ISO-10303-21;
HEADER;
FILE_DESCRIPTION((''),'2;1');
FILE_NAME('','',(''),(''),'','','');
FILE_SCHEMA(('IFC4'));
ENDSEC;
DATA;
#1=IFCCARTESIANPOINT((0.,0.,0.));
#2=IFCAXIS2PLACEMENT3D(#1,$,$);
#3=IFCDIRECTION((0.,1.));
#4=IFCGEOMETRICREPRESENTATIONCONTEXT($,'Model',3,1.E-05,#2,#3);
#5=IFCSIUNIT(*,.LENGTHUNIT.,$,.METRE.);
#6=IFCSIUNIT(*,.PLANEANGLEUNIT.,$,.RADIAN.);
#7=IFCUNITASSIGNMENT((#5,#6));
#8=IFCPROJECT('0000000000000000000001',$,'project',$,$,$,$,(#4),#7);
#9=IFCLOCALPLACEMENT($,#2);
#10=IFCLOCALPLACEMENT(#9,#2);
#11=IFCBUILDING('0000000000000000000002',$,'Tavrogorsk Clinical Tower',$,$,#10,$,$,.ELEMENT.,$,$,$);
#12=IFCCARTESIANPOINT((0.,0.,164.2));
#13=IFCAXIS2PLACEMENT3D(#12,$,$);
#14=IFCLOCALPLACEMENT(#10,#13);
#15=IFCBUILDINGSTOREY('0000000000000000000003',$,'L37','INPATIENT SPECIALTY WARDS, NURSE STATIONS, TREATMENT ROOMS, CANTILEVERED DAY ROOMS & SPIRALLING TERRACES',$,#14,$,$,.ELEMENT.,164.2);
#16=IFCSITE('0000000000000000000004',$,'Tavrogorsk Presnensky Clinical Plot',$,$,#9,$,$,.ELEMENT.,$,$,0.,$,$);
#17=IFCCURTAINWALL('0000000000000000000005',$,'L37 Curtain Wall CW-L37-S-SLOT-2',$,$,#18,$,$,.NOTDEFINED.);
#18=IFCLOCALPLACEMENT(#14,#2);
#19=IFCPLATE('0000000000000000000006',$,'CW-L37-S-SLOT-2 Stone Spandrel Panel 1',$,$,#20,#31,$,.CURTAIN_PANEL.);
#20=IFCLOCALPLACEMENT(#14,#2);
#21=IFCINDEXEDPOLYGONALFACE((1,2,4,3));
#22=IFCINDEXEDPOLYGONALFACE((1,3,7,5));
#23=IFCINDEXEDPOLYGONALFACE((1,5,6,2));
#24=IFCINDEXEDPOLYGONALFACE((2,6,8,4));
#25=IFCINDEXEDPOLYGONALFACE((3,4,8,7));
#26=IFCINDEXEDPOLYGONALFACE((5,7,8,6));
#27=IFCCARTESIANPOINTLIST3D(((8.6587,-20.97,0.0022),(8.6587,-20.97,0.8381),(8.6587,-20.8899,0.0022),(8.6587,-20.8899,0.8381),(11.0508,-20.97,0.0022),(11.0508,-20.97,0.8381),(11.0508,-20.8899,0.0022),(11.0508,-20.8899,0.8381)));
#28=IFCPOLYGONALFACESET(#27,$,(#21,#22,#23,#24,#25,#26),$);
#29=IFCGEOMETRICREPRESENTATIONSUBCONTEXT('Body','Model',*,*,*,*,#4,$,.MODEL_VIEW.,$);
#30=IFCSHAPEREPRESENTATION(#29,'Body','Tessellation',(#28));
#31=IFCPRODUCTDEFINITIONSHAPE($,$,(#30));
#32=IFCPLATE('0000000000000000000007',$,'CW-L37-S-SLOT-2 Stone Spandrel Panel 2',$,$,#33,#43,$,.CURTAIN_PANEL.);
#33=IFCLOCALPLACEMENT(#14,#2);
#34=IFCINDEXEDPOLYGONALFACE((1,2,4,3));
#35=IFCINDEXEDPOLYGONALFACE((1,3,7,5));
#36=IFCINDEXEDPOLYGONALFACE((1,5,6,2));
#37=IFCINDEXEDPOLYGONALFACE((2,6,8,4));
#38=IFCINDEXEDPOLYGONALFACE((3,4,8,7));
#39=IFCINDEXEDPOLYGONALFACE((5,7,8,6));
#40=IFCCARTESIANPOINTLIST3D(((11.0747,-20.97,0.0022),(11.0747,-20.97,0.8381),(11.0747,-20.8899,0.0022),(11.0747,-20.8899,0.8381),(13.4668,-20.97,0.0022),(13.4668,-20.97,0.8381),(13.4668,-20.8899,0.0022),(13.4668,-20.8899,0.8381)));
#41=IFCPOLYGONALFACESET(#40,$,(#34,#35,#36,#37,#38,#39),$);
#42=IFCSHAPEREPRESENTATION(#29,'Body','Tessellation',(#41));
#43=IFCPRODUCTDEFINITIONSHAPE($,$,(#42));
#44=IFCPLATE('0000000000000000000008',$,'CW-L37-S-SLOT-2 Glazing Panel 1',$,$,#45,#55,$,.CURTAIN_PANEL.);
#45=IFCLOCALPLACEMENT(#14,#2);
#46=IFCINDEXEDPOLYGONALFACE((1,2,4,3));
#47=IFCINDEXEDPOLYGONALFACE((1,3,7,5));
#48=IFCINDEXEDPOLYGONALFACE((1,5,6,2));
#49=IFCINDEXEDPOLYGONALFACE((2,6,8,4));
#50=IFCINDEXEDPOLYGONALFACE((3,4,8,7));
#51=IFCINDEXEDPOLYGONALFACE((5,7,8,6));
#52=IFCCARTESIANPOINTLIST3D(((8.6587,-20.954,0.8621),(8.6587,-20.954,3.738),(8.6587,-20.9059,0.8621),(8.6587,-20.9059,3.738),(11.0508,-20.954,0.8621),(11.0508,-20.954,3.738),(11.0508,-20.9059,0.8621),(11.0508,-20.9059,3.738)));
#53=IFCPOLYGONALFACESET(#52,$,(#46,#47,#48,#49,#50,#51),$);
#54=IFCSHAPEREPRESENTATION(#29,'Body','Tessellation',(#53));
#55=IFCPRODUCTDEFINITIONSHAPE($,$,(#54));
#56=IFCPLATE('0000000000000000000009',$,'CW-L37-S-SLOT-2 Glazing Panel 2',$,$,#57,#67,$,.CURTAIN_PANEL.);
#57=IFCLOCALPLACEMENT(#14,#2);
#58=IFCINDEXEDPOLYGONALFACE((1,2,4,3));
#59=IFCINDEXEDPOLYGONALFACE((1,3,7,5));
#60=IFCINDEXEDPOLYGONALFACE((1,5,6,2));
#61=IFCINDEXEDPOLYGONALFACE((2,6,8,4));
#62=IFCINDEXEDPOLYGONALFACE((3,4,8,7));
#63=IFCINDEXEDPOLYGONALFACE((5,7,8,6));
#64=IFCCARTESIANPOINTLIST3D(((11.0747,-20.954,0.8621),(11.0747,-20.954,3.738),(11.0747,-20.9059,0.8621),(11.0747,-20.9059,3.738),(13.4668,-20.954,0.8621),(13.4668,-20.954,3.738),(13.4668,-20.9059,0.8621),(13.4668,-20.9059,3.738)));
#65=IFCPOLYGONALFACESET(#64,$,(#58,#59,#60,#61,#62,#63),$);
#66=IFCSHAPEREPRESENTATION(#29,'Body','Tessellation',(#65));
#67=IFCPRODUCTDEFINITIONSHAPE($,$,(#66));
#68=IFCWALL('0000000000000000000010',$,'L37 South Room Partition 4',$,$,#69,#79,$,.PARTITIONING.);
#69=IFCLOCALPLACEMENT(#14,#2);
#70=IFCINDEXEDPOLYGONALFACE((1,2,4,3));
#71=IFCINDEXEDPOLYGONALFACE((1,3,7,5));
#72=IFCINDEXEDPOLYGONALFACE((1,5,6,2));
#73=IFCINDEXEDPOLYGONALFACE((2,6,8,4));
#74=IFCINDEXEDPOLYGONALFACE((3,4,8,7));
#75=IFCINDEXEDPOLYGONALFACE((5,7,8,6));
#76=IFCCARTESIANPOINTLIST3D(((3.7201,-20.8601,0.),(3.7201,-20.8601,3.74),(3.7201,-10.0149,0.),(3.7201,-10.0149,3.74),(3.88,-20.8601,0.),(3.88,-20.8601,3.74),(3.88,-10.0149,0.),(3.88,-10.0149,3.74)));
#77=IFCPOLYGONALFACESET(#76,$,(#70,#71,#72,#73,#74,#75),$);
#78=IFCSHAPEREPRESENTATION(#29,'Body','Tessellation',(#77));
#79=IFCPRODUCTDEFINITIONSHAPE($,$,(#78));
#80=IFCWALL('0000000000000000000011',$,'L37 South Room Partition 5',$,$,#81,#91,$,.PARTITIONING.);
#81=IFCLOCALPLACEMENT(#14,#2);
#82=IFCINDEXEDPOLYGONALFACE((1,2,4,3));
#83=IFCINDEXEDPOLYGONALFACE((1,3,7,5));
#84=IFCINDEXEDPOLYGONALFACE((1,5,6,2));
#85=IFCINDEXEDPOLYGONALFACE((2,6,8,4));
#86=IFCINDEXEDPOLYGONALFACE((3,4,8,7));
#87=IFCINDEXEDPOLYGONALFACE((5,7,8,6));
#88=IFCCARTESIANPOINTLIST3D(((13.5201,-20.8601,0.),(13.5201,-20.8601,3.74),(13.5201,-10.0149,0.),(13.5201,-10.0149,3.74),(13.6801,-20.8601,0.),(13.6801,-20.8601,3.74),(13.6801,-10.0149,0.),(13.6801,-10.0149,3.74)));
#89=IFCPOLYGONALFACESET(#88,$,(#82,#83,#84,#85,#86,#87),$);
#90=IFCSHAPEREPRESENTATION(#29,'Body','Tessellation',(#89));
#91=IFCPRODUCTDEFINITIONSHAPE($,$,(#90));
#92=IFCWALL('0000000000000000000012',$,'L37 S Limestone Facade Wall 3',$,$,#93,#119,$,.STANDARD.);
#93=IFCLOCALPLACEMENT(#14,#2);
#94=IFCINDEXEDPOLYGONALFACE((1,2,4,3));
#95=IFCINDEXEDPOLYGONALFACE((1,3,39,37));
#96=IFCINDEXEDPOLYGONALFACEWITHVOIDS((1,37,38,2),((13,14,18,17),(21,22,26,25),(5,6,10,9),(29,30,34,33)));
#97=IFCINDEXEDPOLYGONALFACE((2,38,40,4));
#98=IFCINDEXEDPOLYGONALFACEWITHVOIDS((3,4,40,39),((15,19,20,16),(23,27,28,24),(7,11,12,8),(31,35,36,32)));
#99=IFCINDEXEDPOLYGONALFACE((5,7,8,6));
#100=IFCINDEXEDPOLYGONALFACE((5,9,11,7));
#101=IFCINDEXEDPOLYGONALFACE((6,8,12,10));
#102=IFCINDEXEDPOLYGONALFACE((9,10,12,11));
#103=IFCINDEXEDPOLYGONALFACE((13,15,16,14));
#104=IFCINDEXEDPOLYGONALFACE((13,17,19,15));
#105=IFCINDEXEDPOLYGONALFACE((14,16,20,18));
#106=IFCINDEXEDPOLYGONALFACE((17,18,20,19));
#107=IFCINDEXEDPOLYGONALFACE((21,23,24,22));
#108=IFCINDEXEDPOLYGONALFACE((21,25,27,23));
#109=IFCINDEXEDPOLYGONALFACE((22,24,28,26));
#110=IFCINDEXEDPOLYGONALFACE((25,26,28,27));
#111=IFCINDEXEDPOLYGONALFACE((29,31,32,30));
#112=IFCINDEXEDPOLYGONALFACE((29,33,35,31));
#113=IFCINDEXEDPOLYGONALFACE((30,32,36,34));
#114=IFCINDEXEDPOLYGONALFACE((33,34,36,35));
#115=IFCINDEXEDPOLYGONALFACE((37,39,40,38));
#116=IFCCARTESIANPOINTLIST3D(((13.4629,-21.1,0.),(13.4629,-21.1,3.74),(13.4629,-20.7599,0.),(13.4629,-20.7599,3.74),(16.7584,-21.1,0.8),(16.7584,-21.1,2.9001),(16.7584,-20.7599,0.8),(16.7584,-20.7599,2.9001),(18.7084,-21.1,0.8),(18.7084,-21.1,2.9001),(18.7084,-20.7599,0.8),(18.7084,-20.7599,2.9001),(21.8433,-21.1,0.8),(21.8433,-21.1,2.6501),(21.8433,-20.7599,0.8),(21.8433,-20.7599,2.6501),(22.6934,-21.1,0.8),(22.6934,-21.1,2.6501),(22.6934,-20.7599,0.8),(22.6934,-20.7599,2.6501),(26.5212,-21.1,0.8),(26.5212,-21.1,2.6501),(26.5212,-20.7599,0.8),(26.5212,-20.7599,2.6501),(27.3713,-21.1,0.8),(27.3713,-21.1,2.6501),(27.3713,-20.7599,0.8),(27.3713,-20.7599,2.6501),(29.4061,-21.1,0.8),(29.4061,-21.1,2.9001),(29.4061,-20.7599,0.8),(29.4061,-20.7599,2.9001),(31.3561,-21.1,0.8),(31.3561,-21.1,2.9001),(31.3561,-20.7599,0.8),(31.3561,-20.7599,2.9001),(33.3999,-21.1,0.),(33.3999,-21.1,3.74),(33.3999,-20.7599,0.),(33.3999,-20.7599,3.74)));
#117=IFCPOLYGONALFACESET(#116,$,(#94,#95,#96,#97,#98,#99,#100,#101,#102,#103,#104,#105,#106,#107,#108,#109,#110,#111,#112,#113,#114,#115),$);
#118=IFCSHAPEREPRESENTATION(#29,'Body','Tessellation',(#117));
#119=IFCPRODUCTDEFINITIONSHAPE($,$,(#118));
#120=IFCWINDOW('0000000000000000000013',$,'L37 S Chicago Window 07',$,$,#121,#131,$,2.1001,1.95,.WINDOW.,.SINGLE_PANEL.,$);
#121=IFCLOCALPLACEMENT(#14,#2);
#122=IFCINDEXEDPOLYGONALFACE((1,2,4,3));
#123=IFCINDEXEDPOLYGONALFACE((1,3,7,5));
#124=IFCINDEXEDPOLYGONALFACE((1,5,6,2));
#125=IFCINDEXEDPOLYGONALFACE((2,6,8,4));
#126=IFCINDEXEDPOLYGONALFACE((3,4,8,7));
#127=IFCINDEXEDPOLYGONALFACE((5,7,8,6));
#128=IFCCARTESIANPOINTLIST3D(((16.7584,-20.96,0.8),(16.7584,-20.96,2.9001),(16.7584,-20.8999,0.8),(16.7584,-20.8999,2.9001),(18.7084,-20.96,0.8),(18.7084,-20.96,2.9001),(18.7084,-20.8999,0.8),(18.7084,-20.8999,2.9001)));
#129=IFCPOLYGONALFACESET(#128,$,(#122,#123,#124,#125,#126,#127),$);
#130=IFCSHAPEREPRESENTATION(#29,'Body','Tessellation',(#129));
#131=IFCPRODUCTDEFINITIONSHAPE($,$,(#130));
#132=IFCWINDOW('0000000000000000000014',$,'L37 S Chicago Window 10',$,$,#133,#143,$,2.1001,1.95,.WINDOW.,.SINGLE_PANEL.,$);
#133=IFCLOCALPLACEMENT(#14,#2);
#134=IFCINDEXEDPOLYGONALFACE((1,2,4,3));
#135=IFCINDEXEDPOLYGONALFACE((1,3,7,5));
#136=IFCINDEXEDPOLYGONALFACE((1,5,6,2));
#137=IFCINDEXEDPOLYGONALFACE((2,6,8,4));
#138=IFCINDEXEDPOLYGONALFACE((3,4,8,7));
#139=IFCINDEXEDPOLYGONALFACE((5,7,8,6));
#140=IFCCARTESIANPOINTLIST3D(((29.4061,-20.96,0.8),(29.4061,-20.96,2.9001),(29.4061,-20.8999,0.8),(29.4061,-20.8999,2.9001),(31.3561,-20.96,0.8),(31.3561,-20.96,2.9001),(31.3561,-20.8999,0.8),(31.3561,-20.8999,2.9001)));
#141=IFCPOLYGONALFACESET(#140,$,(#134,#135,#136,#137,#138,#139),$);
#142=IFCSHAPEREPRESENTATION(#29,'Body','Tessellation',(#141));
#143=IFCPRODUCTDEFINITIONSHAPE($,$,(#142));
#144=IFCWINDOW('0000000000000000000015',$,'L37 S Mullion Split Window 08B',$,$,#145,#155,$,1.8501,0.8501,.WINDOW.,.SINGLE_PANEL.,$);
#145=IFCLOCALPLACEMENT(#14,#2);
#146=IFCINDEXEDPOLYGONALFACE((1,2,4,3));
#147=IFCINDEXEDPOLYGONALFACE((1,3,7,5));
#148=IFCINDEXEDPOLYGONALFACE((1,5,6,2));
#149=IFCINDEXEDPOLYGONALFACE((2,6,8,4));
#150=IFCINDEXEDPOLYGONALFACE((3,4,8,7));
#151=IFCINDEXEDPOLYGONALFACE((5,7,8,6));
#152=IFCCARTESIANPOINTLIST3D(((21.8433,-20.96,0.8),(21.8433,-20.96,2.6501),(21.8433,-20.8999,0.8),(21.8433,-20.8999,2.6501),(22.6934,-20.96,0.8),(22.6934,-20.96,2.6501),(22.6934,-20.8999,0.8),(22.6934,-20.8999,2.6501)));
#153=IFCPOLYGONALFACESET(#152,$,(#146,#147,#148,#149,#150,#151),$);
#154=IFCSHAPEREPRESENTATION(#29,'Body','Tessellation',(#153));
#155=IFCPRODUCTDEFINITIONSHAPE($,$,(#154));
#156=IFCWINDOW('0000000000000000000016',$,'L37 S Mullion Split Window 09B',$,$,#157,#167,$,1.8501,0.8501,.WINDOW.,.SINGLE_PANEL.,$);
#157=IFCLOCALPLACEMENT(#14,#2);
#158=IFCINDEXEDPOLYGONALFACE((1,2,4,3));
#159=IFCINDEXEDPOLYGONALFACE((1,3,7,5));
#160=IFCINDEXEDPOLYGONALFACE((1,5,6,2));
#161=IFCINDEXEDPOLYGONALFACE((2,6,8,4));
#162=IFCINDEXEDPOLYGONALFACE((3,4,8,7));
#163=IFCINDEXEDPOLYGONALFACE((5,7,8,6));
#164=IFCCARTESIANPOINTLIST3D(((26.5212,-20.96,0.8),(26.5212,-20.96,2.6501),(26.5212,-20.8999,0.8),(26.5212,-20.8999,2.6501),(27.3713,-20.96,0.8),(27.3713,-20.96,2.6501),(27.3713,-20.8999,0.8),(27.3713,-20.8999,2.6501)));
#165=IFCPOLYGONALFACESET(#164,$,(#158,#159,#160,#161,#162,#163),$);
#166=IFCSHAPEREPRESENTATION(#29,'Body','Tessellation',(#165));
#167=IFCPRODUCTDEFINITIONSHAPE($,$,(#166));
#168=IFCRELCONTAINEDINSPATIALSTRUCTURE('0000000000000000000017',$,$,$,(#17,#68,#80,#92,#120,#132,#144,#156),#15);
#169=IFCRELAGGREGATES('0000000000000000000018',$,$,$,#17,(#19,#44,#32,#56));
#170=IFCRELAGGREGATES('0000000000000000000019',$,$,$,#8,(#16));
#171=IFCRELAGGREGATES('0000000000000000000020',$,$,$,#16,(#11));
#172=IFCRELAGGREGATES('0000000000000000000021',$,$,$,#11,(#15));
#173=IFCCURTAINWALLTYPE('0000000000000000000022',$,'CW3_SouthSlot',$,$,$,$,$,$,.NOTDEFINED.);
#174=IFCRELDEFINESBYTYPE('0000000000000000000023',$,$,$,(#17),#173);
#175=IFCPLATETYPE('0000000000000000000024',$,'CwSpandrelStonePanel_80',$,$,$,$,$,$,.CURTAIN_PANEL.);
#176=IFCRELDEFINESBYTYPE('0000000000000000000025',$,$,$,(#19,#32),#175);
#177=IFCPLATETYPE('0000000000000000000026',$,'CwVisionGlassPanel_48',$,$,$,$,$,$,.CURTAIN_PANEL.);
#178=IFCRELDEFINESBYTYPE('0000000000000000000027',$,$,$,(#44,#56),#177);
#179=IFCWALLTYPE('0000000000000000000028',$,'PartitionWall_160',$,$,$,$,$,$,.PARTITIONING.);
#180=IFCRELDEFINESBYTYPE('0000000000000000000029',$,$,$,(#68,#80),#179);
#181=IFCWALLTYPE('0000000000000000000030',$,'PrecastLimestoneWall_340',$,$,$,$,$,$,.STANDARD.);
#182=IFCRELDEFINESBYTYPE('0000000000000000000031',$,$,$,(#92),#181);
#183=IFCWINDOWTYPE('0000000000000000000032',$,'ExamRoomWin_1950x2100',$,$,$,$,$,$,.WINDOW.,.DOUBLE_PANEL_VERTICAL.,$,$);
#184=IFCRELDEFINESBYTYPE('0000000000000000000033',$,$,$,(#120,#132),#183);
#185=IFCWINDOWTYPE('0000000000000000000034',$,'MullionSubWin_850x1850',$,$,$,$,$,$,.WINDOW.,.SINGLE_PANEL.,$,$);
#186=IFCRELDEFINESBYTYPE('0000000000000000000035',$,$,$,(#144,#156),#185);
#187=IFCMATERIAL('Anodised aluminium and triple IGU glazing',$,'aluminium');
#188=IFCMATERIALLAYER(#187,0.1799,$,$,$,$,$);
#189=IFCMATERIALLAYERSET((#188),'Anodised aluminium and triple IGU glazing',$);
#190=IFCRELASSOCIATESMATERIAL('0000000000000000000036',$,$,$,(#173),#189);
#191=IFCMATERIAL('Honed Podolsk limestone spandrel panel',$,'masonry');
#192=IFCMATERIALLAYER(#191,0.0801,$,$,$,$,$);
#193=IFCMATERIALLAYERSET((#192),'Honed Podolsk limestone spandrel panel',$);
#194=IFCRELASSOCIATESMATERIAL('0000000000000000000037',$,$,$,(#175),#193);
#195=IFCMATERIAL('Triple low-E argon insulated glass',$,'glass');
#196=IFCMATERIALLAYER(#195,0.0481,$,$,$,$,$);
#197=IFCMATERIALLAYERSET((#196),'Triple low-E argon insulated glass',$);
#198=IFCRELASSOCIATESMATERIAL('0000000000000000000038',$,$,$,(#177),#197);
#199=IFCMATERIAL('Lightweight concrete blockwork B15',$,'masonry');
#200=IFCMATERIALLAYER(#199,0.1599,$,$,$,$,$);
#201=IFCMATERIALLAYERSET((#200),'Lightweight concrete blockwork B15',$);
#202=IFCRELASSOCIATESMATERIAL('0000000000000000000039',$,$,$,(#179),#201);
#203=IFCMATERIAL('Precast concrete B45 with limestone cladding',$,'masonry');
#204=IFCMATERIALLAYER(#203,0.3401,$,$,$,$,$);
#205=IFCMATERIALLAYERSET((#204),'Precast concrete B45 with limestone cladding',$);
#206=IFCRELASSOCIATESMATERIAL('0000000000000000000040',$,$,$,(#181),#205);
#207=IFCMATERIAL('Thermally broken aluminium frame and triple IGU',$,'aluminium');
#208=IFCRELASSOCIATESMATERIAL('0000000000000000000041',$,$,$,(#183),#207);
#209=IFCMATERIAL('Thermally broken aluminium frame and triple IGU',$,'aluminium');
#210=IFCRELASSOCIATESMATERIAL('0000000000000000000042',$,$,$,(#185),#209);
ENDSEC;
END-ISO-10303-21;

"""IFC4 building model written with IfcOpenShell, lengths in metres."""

from ifc_helpers import new_model, si_unit, direction, frame, frame_2d, origin, origin_2d, place, context, subcontext, project, spatial, rectangle, extrude, material, layer, layer_set, type_object, element, fill, aggregate, save


model = new_model("IFC4")

# Units and contexts
model_context = context("Model", 3, precision=1e-05, world=origin(), true_north=direction((0.0, 1.0)))
body_context = subcontext(model_context, "Body", "Model", "MODEL_VIEW")
ifc_project = project(units=[si_unit("LENGTHUNIT", "METRE"), si_unit("PLANEANGLEUNIT", "RADIAN")], contexts=[model_context])

# Site, building, storey
site_placement = place(None, origin())
site = spatial("IfcSite", under=ifc_project, at=site_placement, Name="Tavrogorsk Presnensky Clinical Plot", CompositionType="ELEMENT", RefElevation=0.0)
building_placement = place(site_placement, origin())
building = spatial("IfcBuilding", under=site, at=building_placement, Name="Tavrogorsk Clinical Tower", CompositionType="ELEMENT")
storey_placement = place(building_placement, frame((0.0, 0.0, 164.2)))
storey = spatial("IfcBuildingStorey", under=building, at=storey_placement, Name="L37", Description="INPATIENT SPECIALTY WARDS, NURSE STATIONS, TREATMENT ROOMS, CANTILEVERED DAY ROOMS & SPIRALLING TERRACES", CompositionType="ELEMENT", Elevation=164.2)

# Curtain wall
ifc_material_1 = material(Name="Anodised aluminium and triple IGU glazing", Category="aluminium")
ifc_layer_1 = layer(ifc_material_1, 0.1799)
ifc_layer_set_1 = layer_set([ifc_layer_1], Name="Anodised aluminium and triple IGU glazing")
curtain_wall_type = type_object("IfcCurtainWallType", Name="CW3_SouthSlot", PredefinedType="NOTDEFINED", material=ifc_layer_set_1)
curtain_wall_placement = place(storey_placement, origin())
curtain_wall = element("IfcCurtainWall", 1, at=curtain_wall_placement, inside=storey, type_object=curtain_wall_type, Name="L37 Curtain Wall CW-L37-S-SLOT-2", PredefinedType="NOTDEFINED")

# Plates
ifc_material_2 = material(Name="Honed Podolsk limestone spandrel panel", Category="masonry")
ifc_layer_2 = layer(ifc_material_2, 0.0801)
ifc_layer_set_2 = layer_set([ifc_layer_2], Name="Honed Podolsk limestone spandrel panel")
plate_type_1 = type_object("IfcPlateType", Name="CwSpandrelStonePanel_80", PredefinedType="CURTAIN_PANEL", material=ifc_layer_set_2)
plate_1_placement = place(storey_placement, frame((9.8547, -20.9299, 0.0022), z_axis=(0.0, 0.0, 1.0), x_axis=(1.0, 0.0, 0.0)))
plate_1 = element("IfcPlate", 2, at=plate_1_placement, type_object=plate_type_1, Name="CW-L37-S-SLOT-2 Stone Spandrel Panel 1", PredefinedType="CURTAIN_PANEL", context=body_context, shape_type="SweptSolid", body=[
    extrude(rectangle(XDim=2.3921, YDim=0.0801, at=origin_2d()), origin(), (0.0, 0.0, 1.0), 0.8359),
])
plate_2_placement = place(storey_placement, frame((12.2708, -20.9299, 0.0022), z_axis=(0.0, 0.0, 1.0), x_axis=(1.0, 0.0, 0.0)))
plate_2 = element("IfcPlate", 3, at=plate_2_placement, type_object=plate_type_1, Name="CW-L37-S-SLOT-2 Stone Spandrel Panel 2", PredefinedType="CURTAIN_PANEL", context=body_context, shape_type="SweptSolid", body=[
    extrude(rectangle(XDim=2.3921, YDim=0.0801, at=origin_2d()), origin(), (0.0, 0.0, 1.0), 0.8359),
])
ifc_material_3 = material(Name="Triple low-E argon insulated glass", Category="glass")
ifc_layer_3 = layer(ifc_material_3, 0.0481)
ifc_layer_set_3 = layer_set([ifc_layer_3], Name="Triple low-E argon insulated glass")
plate_type_2 = type_object("IfcPlateType", Name="CwVisionGlassPanel_48", PredefinedType="CURTAIN_PANEL", material=ifc_layer_set_3)
plate_3_placement = place(storey_placement, frame((9.8547, -20.9299, 0.8621), z_axis=(0.0, 0.0, 1.0), x_axis=(1.0, 0.0, 0.0)))
plate_3 = element("IfcPlate", 4, at=plate_3_placement, type_object=plate_type_2, Name="CW-L37-S-SLOT-2 Glazing Panel 1", PredefinedType="CURTAIN_PANEL", context=body_context, shape_type="SweptSolid", body=[
    extrude(rectangle(XDim=2.3921, YDim=0.0481, at=origin_2d()), origin(), (0.0, 0.0, 1.0), 2.876),
])
plate_4_placement = place(storey_placement, frame((12.2708, -20.9299, 0.8621), z_axis=(0.0, 0.0, 1.0), x_axis=(1.0, 0.0, 0.0)))
plate_4 = element("IfcPlate", 5, at=plate_4_placement, type_object=plate_type_2, Name="CW-L37-S-SLOT-2 Glazing Panel 2", PredefinedType="CURTAIN_PANEL", context=body_context, shape_type="SweptSolid", body=[
    extrude(rectangle(XDim=2.3921, YDim=0.0481, at=origin_2d()), origin(), (0.0, 0.0, 1.0), 2.876),
])
aggregate(curtain_wall, [plate_1, plate_3, plate_2, plate_4])

# Walls
ifc_material_4 = material(Name="Lightweight concrete blockwork B15", Category="masonry")
ifc_layer_4 = layer(ifc_material_4, 0.1599)
ifc_layer_set_4 = layer_set([ifc_layer_4], Name="Lightweight concrete blockwork B15")
wall_type_1 = type_object("IfcWallType", Name="PartitionWall_160", PredefinedType="PARTITIONING", material=ifc_layer_set_4)
for number, where, z_axis, x_axis, name in (
    (6, (3.8, -20.8601, 0.0), (0.0, 0.0, 1.0), (0.0, 1.0, 0.0), "L37 South Room Partition 4"),
    (7, (13.6001, -20.8601, 0.0), (0.0, 0.0, 1.0), (0.0, 1.0, 0.0), "L37 South Room Partition 5"),
):
    element("IfcWall", number, at=place(storey_placement, frame(where, z_axis=z_axis, x_axis=x_axis)), inside=storey, type_object=wall_type_1, Name=name, PredefinedType="PARTITIONING", context=body_context, shape_type="SweptSolid", body=[
        extrude(rectangle(XDim=10.8452, YDim=0.1599, at=frame_2d((5.4226, 0.0))), origin(), (0.0, 0.0, 1.0), 3.74),
    ])

# Wall, openings, windows
ifc_material_5 = material(Name="Precast concrete B45 with limestone cladding", Category="masonry")
ifc_layer_5 = layer(ifc_material_5, 0.3401)
ifc_layer_set_5 = layer_set([ifc_layer_5], Name="Precast concrete B45 with limestone cladding")
wall_type_2 = type_object("IfcWallType", Name="PrecastLimestoneWall_340", PredefinedType="STANDARD", material=ifc_layer_set_5)
wall_placement = place(storey_placement, frame((13.4629, -20.9299, 0.0), z_axis=(0.0, 0.0, 1.0), x_axis=(1.0, 0.0, 0.0)))
wall = element("IfcWall", 8, at=wall_placement, inside=storey, type_object=wall_type_2, Name="L37 S Limestone Facade Wall 3", PredefinedType="STANDARD", context=body_context, shape_type="SweptSolid", body=[
    extrude(rectangle(XDim=19.937, YDim=0.3401, at=frame_2d((9.9685, 0.0))), origin(), (0.0, 0.0, 1.0), 3.74),
])
opening_1_placement = place(wall_placement, frame((3.2954, 0.0, 0.8)))
opening_1 = element("IfcOpeningElement", 9, at=opening_1_placement, cuts=wall, PredefinedType="OPENING", context=body_context, shape_type="SweptSolid", body=[
    extrude(rectangle(XDim=1.95, YDim=2.1001, at=frame_2d((0.9751, 1.05))), frame((0.0, 0.1799, 0.0), z_axis=(0.0, -1.0, 0.0), x_axis=(1.0, 0.0, 0.0)), (0.0, 0.0, 1.0), 0.3601),
])
opening_2_placement = place(wall_placement, frame((8.3804, 0.0, 0.8)))
opening_2 = element("IfcOpeningElement", 10, at=opening_2_placement, cuts=wall, PredefinedType="OPENING", context=body_context, shape_type="SweptSolid", body=[
    extrude(rectangle(XDim=0.8501, YDim=1.8501, at=frame_2d((0.425, 0.925))), frame((0.0, 0.1799, 0.0), z_axis=(0.0, -1.0, 0.0), x_axis=(1.0, 0.0, 0.0)), (0.0, 0.0, 1.0), 0.3601),
])
opening_3_placement = place(wall_placement, frame((13.0583, 0.0, 0.8)))
opening_3 = element("IfcOpeningElement", 11, at=opening_3_placement, cuts=wall, PredefinedType="OPENING", context=body_context, shape_type="SweptSolid", body=[
    extrude(rectangle(XDim=0.8501, YDim=1.8501, at=frame_2d((0.425, 0.925))), frame((0.0, 0.1799, 0.0), z_axis=(0.0, -1.0, 0.0), x_axis=(1.0, 0.0, 0.0)), (0.0, 0.0, 1.0), 0.3601),
])
opening_4_placement = place(wall_placement, frame((15.9431, 0.0, 0.8)))
opening_4 = element("IfcOpeningElement", 12, at=opening_4_placement, cuts=wall, PredefinedType="OPENING", context=body_context, shape_type="SweptSolid", body=[
    extrude(rectangle(XDim=1.95, YDim=2.1001, at=frame_2d((0.9751, 1.05))), frame((0.0, 0.1799, 0.0), z_axis=(0.0, -1.0, 0.0), x_axis=(1.0, 0.0, 0.0)), (0.0, 0.0, 1.0), 0.3601),
])
ifc_material_6 = material(Name="Thermally broken aluminium frame and triple IGU", Category="aluminium")
window_type_1 = type_object("IfcWindowType", Name="ExamRoomWin_1950x2100", PartitioningType="DOUBLE_PANEL_VERTICAL", PredefinedType="WINDOW", material=ifc_material_6)
window_1_placement = place(opening_1_placement, origin())
window_1 = element("IfcWindow", 13, at=window_1_placement, inside=storey, type_object=window_type_1, Name="L37 S Chicago Window 07", OverallHeight=2.1001, OverallWidth=1.95, PartitioningType="SINGLE_PANEL", PredefinedType="WINDOW", context=body_context, shape_type="SweptSolid", body=[
    extrude(rectangle(XDim=1.95, YDim=2.1001, at=frame_2d((0.9751, 1.05))), frame((0.0, 0.03, 0.0), z_axis=(0.0, -1.0, 0.0), x_axis=(1.0, 0.0, 0.0)), (0.0, 0.0, 1.0), 0.0601),
])
fill(opening_1, window_1)
window_2_placement = place(opening_4_placement, origin())
window_2 = element("IfcWindow", 14, at=window_2_placement, inside=storey, type_object=window_type_1, Name="L37 S Chicago Window 10", OverallHeight=2.1001, OverallWidth=1.95, PartitioningType="SINGLE_PANEL", PredefinedType="WINDOW", context=body_context, shape_type="SweptSolid", body=[
    extrude(rectangle(XDim=1.95, YDim=2.1001, at=frame_2d((0.9751, 1.05))), frame((0.0, 0.03, 0.0), z_axis=(0.0, -1.0, 0.0), x_axis=(1.0, 0.0, 0.0)), (0.0, 0.0, 1.0), 0.0601),
])
fill(opening_4, window_2)
ifc_material_7 = material(Name="Thermally broken aluminium frame and triple IGU", Category="aluminium")
window_type_2 = type_object("IfcWindowType", Name="MullionSubWin_850x1850", PartitioningType="SINGLE_PANEL", PredefinedType="WINDOW", material=ifc_material_7)
window_3_placement = place(opening_2_placement, origin())
window_3 = element("IfcWindow", 15, at=window_3_placement, inside=storey, type_object=window_type_2, Name="L37 S Mullion Split Window 08B", OverallHeight=1.8501, OverallWidth=0.8501, PartitioningType="SINGLE_PANEL", PredefinedType="WINDOW", context=body_context, shape_type="SweptSolid", body=[
    extrude(rectangle(XDim=0.8501, YDim=1.8501, at=frame_2d((0.425, 0.925))), frame((0.0, 0.03, 0.0), z_axis=(0.0, -1.0, 0.0), x_axis=(1.0, 0.0, 0.0)), (0.0, 0.0, 1.0), 0.0601),
])
fill(opening_2, window_3)
window_4_placement = place(opening_3_placement, origin())
window_4 = element("IfcWindow", 16, at=window_4_placement, inside=storey, type_object=window_type_2, Name="L37 S Mullion Split Window 09B", OverallHeight=1.8501, OverallWidth=0.8501, PartitioningType="SINGLE_PANEL", PredefinedType="WINDOW", context=body_context, shape_type="SweptSolid", body=[
    extrude(rectangle(XDim=0.8501, YDim=1.8501, at=frame_2d((0.425, 0.925))), frame((0.0, 0.03, 0.0), z_axis=(0.0, -1.0, 0.0), x_axis=(1.0, 0.0, 0.0)), (0.0, 0.0, 1.0), 0.0601),
])
fill(opening_3, window_4)

save(model, "model.ifc")
